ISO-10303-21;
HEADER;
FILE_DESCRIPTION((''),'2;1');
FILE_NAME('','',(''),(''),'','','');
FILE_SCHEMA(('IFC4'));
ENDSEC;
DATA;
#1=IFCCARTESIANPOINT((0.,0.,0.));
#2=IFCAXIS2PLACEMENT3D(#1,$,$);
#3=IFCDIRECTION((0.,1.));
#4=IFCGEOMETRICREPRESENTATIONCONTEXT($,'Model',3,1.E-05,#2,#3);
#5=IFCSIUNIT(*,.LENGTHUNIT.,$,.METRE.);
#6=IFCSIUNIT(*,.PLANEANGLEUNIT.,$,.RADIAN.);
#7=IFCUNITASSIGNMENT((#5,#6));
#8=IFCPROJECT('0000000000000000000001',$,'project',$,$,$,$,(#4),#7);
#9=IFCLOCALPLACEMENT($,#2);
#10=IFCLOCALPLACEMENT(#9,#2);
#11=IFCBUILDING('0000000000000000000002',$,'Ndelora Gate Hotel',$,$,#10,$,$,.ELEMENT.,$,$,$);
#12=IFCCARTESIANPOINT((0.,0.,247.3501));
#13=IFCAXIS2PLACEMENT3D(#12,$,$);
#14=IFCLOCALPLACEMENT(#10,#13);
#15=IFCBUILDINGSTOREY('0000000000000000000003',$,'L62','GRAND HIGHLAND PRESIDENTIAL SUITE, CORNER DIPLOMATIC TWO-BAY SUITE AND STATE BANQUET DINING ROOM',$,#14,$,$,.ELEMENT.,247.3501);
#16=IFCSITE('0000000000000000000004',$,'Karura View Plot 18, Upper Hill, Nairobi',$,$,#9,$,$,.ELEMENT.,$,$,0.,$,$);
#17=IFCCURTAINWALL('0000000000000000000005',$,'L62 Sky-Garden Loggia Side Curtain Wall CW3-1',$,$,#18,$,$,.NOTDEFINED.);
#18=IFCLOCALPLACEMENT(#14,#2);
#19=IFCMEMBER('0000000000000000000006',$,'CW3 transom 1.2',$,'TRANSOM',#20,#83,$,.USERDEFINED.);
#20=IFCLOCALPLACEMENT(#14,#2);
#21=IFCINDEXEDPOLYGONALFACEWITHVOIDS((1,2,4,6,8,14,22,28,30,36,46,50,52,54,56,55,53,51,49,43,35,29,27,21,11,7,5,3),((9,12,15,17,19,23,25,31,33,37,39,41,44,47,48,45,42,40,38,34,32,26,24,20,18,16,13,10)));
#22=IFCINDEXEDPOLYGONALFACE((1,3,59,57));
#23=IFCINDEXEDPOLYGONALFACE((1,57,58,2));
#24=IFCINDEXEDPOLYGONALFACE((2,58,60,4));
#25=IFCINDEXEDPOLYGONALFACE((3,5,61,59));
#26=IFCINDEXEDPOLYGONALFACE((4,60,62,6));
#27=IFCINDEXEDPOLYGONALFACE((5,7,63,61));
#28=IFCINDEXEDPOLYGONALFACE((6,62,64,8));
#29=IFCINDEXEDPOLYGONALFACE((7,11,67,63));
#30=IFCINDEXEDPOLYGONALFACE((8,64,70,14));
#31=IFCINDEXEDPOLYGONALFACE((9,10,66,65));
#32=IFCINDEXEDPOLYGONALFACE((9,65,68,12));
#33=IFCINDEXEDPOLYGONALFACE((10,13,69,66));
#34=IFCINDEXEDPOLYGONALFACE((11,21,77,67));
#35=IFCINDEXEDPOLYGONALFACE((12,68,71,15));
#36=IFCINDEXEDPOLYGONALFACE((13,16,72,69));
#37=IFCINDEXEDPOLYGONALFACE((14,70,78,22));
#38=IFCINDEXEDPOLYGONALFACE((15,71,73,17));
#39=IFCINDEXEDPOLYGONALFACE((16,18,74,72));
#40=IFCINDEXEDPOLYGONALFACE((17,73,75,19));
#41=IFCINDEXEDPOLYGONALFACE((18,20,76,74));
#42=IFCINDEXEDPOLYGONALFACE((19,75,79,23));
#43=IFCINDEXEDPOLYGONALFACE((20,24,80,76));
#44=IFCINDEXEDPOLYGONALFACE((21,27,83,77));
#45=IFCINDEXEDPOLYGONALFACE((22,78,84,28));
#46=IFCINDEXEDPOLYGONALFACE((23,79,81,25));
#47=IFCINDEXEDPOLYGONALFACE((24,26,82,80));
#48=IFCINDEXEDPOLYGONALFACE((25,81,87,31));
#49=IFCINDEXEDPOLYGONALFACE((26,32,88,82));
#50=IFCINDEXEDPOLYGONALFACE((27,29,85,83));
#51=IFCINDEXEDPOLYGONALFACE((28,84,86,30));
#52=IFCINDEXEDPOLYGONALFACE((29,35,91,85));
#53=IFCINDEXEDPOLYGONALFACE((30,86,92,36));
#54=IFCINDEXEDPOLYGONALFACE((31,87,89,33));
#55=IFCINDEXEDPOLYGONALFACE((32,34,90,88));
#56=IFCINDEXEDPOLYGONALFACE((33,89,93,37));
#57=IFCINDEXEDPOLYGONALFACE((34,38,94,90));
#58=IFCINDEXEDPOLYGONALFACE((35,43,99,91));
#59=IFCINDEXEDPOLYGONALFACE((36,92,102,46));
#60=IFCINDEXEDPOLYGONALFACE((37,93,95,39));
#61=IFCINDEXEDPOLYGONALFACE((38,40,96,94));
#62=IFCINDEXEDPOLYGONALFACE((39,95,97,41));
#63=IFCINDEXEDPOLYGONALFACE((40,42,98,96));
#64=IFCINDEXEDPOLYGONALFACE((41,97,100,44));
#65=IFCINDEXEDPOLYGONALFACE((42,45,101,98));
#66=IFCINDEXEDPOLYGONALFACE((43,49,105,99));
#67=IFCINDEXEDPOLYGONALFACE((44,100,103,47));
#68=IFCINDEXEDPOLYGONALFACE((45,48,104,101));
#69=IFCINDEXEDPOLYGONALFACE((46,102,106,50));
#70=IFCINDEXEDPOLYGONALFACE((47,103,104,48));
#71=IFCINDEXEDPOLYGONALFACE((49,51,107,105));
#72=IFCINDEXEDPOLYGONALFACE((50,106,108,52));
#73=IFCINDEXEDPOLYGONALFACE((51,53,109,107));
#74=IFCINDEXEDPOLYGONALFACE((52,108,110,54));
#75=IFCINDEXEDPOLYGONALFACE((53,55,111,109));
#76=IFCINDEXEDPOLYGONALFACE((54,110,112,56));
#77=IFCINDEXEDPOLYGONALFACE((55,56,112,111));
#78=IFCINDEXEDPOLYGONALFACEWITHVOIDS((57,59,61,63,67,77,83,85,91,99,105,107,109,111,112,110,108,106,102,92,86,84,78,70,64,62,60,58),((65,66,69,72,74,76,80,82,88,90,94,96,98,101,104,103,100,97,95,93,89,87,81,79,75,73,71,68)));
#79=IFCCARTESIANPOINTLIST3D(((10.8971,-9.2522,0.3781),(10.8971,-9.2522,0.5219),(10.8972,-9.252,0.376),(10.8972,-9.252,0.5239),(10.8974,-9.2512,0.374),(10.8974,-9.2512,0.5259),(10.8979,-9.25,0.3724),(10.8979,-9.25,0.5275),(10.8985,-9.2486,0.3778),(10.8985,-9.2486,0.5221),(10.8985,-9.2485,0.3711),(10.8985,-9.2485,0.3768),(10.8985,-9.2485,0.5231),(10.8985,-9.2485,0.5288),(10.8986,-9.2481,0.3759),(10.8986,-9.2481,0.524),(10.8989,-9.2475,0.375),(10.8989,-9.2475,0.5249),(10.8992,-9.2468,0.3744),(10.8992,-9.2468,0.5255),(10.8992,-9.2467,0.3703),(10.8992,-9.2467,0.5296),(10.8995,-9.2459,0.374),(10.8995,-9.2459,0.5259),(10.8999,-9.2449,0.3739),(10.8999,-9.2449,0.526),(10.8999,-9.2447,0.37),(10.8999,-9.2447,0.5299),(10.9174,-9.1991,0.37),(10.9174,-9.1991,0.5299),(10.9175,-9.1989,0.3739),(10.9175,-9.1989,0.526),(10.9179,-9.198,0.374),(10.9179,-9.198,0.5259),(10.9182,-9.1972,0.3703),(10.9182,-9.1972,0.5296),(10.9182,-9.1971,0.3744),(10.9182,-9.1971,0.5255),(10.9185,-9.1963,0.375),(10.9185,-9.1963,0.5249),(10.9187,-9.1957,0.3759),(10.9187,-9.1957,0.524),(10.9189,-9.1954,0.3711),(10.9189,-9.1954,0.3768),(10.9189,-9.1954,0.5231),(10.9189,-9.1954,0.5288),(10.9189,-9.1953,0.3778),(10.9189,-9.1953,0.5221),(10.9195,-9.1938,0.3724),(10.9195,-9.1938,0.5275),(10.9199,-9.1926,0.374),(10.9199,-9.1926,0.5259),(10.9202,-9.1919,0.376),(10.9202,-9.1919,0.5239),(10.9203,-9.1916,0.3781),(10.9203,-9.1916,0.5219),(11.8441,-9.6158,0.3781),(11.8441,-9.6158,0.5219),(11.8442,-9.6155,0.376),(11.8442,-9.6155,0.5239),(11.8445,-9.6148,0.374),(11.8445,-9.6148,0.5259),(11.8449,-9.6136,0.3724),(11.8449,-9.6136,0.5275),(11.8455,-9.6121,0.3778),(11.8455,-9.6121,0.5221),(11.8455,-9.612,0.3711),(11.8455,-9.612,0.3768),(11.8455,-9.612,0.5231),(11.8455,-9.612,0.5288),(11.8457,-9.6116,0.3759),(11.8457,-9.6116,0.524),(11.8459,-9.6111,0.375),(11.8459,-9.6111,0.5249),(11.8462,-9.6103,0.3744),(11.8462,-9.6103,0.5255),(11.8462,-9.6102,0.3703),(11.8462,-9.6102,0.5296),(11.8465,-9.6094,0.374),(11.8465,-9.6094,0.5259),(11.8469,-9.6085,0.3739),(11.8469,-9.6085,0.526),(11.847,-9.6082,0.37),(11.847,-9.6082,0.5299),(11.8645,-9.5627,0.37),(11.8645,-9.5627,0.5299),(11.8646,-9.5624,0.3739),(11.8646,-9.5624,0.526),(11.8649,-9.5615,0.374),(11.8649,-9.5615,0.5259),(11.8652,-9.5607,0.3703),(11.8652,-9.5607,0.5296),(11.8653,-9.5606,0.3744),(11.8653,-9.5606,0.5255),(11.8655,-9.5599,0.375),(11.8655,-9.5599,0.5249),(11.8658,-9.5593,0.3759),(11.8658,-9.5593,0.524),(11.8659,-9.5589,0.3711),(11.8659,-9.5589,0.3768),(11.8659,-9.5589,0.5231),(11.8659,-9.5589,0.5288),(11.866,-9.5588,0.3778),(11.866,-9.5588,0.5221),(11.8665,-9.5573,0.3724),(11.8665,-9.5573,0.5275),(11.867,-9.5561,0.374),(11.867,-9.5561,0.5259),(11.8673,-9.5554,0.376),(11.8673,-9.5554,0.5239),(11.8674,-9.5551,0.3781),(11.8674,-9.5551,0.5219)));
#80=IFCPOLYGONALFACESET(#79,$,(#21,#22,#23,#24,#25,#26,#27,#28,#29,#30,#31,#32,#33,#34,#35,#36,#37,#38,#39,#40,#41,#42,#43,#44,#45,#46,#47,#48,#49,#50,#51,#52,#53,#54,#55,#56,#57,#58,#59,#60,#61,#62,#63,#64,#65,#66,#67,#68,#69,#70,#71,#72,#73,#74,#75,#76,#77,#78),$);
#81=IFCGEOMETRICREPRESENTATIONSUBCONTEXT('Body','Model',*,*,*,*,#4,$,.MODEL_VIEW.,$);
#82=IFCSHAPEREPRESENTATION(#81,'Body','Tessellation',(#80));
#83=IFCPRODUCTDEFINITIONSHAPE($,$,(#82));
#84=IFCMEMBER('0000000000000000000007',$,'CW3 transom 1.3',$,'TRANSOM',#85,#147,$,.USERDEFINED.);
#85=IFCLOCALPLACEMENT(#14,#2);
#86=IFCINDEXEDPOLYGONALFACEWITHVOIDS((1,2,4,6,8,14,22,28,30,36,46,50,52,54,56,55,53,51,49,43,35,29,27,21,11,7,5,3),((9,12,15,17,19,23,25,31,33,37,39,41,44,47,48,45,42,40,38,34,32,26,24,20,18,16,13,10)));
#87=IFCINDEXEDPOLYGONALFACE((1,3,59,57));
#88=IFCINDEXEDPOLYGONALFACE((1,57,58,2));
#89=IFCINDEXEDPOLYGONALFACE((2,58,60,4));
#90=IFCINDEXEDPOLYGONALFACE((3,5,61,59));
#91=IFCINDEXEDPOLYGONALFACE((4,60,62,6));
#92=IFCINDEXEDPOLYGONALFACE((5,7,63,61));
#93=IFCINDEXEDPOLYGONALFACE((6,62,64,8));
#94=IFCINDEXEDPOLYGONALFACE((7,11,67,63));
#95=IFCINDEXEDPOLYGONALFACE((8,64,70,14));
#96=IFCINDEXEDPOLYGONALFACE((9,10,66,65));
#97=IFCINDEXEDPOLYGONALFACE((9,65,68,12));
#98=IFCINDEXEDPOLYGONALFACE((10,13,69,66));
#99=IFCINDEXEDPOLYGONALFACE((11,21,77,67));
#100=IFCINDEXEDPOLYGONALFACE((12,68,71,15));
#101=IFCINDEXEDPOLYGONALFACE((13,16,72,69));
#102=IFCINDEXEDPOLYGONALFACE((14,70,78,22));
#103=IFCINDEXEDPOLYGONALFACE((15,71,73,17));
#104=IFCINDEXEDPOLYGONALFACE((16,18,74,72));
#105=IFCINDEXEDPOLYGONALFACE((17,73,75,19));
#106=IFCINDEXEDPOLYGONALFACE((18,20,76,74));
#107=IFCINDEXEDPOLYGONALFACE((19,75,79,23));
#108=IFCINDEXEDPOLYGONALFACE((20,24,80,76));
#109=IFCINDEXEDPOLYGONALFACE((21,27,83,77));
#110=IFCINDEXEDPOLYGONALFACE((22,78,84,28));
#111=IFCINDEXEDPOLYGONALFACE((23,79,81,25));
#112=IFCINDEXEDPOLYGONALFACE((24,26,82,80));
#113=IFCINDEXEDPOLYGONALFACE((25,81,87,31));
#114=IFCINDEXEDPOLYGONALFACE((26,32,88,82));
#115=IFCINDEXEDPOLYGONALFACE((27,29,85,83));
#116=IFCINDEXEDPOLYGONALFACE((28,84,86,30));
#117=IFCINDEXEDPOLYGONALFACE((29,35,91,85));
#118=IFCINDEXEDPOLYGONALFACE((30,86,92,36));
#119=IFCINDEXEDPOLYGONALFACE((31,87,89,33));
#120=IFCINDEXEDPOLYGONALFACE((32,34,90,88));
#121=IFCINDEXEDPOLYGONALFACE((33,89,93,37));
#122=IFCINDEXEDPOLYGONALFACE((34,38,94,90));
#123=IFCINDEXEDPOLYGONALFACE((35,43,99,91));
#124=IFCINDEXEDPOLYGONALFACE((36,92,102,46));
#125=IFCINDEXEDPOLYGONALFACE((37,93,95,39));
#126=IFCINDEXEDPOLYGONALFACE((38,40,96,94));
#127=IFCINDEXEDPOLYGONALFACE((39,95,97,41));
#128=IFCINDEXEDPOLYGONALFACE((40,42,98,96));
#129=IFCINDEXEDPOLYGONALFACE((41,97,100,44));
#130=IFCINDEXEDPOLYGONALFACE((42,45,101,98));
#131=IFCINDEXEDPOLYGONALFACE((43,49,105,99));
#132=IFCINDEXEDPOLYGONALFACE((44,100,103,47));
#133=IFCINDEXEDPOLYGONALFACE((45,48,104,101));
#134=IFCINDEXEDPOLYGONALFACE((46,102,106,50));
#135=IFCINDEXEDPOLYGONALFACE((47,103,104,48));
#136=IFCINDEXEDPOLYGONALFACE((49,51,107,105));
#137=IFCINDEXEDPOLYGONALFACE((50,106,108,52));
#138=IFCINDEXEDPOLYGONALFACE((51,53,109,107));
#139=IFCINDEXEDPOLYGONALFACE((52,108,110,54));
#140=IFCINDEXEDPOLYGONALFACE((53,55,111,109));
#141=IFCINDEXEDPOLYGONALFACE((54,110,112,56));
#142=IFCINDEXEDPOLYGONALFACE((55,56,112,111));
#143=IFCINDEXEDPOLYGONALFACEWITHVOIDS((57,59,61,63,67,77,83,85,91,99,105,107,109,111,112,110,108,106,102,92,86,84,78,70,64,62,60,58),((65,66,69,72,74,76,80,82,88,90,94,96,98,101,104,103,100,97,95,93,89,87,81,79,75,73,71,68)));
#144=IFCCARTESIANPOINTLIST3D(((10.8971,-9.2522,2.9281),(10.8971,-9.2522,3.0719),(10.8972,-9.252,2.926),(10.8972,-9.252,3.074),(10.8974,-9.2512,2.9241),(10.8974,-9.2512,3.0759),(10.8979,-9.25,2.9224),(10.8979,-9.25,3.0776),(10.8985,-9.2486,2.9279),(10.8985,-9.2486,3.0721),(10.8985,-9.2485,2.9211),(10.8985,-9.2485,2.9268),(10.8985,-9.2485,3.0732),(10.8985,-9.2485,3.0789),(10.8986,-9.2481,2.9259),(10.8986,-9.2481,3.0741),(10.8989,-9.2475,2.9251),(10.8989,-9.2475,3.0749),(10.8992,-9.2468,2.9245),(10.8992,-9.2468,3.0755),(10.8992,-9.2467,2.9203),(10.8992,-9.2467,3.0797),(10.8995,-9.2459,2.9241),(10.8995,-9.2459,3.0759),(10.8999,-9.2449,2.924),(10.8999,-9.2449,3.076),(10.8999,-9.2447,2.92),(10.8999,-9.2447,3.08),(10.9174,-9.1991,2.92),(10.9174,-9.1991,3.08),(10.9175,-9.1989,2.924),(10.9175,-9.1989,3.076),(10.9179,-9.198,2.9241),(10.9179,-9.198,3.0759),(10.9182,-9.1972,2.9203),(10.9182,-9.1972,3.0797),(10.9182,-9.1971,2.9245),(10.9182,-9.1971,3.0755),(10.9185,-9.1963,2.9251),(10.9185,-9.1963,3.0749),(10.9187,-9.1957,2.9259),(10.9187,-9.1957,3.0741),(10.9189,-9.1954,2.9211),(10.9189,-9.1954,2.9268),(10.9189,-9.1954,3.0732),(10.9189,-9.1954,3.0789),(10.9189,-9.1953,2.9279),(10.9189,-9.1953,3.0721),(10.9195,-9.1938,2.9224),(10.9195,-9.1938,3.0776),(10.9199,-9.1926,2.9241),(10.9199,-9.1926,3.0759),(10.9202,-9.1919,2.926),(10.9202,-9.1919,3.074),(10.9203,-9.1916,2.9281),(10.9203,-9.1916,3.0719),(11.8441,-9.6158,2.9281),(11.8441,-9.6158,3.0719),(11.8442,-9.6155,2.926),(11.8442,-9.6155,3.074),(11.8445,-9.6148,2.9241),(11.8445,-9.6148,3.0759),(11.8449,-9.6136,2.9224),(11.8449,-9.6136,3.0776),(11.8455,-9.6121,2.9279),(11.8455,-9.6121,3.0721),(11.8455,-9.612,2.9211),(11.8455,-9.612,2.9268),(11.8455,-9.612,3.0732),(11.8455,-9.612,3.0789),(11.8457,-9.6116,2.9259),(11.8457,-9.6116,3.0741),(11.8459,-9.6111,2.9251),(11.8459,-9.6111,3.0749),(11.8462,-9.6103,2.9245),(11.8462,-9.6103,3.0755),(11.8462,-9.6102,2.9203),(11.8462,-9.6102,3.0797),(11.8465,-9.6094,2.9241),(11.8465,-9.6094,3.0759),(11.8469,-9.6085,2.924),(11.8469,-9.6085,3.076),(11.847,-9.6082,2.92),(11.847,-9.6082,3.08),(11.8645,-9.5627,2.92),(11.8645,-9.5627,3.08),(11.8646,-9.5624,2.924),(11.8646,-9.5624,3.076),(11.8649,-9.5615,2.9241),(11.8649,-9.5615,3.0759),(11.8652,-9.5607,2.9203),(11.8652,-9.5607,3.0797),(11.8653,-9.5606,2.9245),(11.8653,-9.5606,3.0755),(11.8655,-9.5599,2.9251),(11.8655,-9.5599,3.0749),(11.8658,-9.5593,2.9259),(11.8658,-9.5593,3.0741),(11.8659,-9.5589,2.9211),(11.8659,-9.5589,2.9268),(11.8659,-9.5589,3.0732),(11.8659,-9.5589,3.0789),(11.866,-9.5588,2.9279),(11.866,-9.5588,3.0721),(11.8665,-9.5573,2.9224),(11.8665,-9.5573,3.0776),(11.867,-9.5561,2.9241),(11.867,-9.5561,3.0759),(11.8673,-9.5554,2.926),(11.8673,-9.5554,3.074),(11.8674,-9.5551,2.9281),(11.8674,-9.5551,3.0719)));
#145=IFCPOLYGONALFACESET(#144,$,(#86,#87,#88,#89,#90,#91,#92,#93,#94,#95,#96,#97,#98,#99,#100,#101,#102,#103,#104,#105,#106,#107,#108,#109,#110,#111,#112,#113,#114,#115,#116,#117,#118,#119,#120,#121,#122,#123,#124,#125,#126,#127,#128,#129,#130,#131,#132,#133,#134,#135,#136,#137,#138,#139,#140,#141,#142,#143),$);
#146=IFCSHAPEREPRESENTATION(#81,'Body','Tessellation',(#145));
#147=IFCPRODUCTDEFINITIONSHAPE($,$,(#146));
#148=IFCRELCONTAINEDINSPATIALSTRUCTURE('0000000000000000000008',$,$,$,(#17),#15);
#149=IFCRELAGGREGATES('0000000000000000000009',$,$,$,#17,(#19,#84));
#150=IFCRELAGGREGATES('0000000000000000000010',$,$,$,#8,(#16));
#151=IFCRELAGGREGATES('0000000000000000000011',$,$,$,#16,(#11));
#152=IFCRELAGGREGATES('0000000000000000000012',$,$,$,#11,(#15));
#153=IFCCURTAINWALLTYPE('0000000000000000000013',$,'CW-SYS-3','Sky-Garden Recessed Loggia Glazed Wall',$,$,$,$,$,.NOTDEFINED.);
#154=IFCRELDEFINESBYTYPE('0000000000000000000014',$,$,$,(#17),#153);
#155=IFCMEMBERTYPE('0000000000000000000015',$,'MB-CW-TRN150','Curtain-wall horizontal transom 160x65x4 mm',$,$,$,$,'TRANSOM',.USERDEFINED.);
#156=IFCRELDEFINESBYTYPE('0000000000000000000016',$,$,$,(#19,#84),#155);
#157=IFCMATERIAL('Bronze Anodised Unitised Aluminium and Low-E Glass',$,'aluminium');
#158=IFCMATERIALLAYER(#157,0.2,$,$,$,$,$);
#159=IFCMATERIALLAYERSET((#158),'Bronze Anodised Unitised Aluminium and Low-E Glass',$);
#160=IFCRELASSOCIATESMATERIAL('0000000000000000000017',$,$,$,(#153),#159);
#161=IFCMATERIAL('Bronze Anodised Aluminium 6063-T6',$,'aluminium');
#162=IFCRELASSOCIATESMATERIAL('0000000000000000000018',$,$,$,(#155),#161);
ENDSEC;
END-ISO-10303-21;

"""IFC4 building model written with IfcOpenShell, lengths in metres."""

from ifc_helpers import new_model, si_unit, direction, frame, origin, origin_2d, place, context, subcontext, project, spatial, hollow_rectangle, extrude, material, layer, layer_set, material_profile, profile_set, type_object, element, aggregate, save


model = new_model("IFC4")

# Units and contexts
model_context = context("Model", 3, precision=1e-05, world=origin(), true_north=direction((0.0, 1.0)))
body_context = subcontext(model_context, "Body", "Model", "MODEL_VIEW")
ifc_project = project(units=[si_unit("LENGTHUNIT", "METRE"), si_unit("PLANEANGLEUNIT", "RADIAN")], contexts=[model_context])

# Site, building, storey
site_placement = place(None, origin())
site = spatial("IfcSite", under=ifc_project, at=site_placement, Name="Karura View Plot 18, Upper Hill, Nairobi", CompositionType="ELEMENT", RefElevation=0.0)
building_placement = place(site_placement, origin())
building = spatial("IfcBuilding", under=site, at=building_placement, Name="Ndelora Gate Hotel", CompositionType="ELEMENT")
storey_placement = place(building_placement, frame((0.0, 0.0, 247.3501)))
storey = spatial("IfcBuildingStorey", under=building, at=storey_placement, Name="L62", Description="GRAND HIGHLAND PRESIDENTIAL SUITE, CORNER DIPLOMATIC TWO-BAY SUITE AND STATE BANQUET DINING ROOM", CompositionType="ELEMENT", Elevation=247.3501)

# Curtain wall, members
ifc_material_1 = material(Name="Bronze Anodised Unitised Aluminium and Low-E Glass", Category="aluminium")
ifc_layer_1 = layer(ifc_material_1, 0.2)
ifc_layer_set_1 = layer_set([ifc_layer_1], Name="Bronze Anodised Unitised Aluminium and Low-E Glass")
curtain_wall_type = type_object("IfcCurtainWallType", Name="CW-SYS-3", Description="Sky-Garden Recessed Loggia Glazed Wall", PredefinedType="NOTDEFINED", material=ifc_layer_set_1)
curtain_wall_placement = place(storey_placement, origin())
curtain_wall = element("IfcCurtainWall", 1, at=curtain_wall_placement, inside=storey, type_object=curtain_wall_type, Name="L62 Sky-Garden Loggia Side Curtain Wall CW3-1", PredefinedType="NOTDEFINED")
ifc_material_2 = material(Name="Bronze Anodised Aluminium 6063-T6", Category="aluminium")
ifc_material_profile_1 = material_profile(ifc_material_2, hollow_rectangle(XDim=0.0649, YDim=0.1599, WallThickness=0.0039, InnerFilletRadius=0.0039, OuterFilletRadius=0.0081, at=origin_2d()), Name="ALU 160x65x4")
ifc_profile_set_1 = profile_set([ifc_material_profile_1], Name="Bronze Anodised Aluminium 6063-T6")
member_type_1 = type_object("IfcMemberType", Name="MB-CW-TRN150", Description="Curtain-wall horizontal transom 160x65x4 mm", ElementType="TRANSOM", PredefinedType="USERDEFINED", material=ifc_profile_set_1)
member_1_placement = place(storey_placement, frame((10.9087, -9.2219, 0.45), z_axis=(0.933581, -0.358366, 0.0), x_axis=(0.358366, 0.933581, 0.0)))
member_1 = element("IfcMember", 2, at=member_1_placement, type_object=member_type_1, Name="CW3 transom 1.2", ObjectType="TRANSOM", PredefinedType="USERDEFINED", context=body_context, shape_type="SweptSolid", body=[
    extrude(hollow_rectangle(XDim=0.0649, YDim=0.1599, WallThickness=0.0039, InnerFilletRadius=0.0039, OuterFilletRadius=0.0081, at=origin_2d()), origin(), (0.0, 0.0, 1.0), 1.0144),
])
member_2_placement = place(storey_placement, frame((10.9087, -9.2219, 3.0), z_axis=(0.933581, -0.358366, 0.0), x_axis=(0.358366, 0.933581, 0.0)))
member_2 = element("IfcMember", 3, at=member_2_placement, type_object=member_type_1, Name="CW3 transom 1.3", ObjectType="TRANSOM", PredefinedType="USERDEFINED", context=body_context, shape_type="SweptSolid", body=[
    extrude(hollow_rectangle(XDim=0.0649, YDim=0.1599, WallThickness=0.0039, InnerFilletRadius=0.0039, OuterFilletRadius=0.0081, at=origin_2d()), origin(), (0.0, 0.0, 1.0), 1.0144),
])
aggregate(curtain_wall, [member_1, member_2])

save(model, "model.ifc")
